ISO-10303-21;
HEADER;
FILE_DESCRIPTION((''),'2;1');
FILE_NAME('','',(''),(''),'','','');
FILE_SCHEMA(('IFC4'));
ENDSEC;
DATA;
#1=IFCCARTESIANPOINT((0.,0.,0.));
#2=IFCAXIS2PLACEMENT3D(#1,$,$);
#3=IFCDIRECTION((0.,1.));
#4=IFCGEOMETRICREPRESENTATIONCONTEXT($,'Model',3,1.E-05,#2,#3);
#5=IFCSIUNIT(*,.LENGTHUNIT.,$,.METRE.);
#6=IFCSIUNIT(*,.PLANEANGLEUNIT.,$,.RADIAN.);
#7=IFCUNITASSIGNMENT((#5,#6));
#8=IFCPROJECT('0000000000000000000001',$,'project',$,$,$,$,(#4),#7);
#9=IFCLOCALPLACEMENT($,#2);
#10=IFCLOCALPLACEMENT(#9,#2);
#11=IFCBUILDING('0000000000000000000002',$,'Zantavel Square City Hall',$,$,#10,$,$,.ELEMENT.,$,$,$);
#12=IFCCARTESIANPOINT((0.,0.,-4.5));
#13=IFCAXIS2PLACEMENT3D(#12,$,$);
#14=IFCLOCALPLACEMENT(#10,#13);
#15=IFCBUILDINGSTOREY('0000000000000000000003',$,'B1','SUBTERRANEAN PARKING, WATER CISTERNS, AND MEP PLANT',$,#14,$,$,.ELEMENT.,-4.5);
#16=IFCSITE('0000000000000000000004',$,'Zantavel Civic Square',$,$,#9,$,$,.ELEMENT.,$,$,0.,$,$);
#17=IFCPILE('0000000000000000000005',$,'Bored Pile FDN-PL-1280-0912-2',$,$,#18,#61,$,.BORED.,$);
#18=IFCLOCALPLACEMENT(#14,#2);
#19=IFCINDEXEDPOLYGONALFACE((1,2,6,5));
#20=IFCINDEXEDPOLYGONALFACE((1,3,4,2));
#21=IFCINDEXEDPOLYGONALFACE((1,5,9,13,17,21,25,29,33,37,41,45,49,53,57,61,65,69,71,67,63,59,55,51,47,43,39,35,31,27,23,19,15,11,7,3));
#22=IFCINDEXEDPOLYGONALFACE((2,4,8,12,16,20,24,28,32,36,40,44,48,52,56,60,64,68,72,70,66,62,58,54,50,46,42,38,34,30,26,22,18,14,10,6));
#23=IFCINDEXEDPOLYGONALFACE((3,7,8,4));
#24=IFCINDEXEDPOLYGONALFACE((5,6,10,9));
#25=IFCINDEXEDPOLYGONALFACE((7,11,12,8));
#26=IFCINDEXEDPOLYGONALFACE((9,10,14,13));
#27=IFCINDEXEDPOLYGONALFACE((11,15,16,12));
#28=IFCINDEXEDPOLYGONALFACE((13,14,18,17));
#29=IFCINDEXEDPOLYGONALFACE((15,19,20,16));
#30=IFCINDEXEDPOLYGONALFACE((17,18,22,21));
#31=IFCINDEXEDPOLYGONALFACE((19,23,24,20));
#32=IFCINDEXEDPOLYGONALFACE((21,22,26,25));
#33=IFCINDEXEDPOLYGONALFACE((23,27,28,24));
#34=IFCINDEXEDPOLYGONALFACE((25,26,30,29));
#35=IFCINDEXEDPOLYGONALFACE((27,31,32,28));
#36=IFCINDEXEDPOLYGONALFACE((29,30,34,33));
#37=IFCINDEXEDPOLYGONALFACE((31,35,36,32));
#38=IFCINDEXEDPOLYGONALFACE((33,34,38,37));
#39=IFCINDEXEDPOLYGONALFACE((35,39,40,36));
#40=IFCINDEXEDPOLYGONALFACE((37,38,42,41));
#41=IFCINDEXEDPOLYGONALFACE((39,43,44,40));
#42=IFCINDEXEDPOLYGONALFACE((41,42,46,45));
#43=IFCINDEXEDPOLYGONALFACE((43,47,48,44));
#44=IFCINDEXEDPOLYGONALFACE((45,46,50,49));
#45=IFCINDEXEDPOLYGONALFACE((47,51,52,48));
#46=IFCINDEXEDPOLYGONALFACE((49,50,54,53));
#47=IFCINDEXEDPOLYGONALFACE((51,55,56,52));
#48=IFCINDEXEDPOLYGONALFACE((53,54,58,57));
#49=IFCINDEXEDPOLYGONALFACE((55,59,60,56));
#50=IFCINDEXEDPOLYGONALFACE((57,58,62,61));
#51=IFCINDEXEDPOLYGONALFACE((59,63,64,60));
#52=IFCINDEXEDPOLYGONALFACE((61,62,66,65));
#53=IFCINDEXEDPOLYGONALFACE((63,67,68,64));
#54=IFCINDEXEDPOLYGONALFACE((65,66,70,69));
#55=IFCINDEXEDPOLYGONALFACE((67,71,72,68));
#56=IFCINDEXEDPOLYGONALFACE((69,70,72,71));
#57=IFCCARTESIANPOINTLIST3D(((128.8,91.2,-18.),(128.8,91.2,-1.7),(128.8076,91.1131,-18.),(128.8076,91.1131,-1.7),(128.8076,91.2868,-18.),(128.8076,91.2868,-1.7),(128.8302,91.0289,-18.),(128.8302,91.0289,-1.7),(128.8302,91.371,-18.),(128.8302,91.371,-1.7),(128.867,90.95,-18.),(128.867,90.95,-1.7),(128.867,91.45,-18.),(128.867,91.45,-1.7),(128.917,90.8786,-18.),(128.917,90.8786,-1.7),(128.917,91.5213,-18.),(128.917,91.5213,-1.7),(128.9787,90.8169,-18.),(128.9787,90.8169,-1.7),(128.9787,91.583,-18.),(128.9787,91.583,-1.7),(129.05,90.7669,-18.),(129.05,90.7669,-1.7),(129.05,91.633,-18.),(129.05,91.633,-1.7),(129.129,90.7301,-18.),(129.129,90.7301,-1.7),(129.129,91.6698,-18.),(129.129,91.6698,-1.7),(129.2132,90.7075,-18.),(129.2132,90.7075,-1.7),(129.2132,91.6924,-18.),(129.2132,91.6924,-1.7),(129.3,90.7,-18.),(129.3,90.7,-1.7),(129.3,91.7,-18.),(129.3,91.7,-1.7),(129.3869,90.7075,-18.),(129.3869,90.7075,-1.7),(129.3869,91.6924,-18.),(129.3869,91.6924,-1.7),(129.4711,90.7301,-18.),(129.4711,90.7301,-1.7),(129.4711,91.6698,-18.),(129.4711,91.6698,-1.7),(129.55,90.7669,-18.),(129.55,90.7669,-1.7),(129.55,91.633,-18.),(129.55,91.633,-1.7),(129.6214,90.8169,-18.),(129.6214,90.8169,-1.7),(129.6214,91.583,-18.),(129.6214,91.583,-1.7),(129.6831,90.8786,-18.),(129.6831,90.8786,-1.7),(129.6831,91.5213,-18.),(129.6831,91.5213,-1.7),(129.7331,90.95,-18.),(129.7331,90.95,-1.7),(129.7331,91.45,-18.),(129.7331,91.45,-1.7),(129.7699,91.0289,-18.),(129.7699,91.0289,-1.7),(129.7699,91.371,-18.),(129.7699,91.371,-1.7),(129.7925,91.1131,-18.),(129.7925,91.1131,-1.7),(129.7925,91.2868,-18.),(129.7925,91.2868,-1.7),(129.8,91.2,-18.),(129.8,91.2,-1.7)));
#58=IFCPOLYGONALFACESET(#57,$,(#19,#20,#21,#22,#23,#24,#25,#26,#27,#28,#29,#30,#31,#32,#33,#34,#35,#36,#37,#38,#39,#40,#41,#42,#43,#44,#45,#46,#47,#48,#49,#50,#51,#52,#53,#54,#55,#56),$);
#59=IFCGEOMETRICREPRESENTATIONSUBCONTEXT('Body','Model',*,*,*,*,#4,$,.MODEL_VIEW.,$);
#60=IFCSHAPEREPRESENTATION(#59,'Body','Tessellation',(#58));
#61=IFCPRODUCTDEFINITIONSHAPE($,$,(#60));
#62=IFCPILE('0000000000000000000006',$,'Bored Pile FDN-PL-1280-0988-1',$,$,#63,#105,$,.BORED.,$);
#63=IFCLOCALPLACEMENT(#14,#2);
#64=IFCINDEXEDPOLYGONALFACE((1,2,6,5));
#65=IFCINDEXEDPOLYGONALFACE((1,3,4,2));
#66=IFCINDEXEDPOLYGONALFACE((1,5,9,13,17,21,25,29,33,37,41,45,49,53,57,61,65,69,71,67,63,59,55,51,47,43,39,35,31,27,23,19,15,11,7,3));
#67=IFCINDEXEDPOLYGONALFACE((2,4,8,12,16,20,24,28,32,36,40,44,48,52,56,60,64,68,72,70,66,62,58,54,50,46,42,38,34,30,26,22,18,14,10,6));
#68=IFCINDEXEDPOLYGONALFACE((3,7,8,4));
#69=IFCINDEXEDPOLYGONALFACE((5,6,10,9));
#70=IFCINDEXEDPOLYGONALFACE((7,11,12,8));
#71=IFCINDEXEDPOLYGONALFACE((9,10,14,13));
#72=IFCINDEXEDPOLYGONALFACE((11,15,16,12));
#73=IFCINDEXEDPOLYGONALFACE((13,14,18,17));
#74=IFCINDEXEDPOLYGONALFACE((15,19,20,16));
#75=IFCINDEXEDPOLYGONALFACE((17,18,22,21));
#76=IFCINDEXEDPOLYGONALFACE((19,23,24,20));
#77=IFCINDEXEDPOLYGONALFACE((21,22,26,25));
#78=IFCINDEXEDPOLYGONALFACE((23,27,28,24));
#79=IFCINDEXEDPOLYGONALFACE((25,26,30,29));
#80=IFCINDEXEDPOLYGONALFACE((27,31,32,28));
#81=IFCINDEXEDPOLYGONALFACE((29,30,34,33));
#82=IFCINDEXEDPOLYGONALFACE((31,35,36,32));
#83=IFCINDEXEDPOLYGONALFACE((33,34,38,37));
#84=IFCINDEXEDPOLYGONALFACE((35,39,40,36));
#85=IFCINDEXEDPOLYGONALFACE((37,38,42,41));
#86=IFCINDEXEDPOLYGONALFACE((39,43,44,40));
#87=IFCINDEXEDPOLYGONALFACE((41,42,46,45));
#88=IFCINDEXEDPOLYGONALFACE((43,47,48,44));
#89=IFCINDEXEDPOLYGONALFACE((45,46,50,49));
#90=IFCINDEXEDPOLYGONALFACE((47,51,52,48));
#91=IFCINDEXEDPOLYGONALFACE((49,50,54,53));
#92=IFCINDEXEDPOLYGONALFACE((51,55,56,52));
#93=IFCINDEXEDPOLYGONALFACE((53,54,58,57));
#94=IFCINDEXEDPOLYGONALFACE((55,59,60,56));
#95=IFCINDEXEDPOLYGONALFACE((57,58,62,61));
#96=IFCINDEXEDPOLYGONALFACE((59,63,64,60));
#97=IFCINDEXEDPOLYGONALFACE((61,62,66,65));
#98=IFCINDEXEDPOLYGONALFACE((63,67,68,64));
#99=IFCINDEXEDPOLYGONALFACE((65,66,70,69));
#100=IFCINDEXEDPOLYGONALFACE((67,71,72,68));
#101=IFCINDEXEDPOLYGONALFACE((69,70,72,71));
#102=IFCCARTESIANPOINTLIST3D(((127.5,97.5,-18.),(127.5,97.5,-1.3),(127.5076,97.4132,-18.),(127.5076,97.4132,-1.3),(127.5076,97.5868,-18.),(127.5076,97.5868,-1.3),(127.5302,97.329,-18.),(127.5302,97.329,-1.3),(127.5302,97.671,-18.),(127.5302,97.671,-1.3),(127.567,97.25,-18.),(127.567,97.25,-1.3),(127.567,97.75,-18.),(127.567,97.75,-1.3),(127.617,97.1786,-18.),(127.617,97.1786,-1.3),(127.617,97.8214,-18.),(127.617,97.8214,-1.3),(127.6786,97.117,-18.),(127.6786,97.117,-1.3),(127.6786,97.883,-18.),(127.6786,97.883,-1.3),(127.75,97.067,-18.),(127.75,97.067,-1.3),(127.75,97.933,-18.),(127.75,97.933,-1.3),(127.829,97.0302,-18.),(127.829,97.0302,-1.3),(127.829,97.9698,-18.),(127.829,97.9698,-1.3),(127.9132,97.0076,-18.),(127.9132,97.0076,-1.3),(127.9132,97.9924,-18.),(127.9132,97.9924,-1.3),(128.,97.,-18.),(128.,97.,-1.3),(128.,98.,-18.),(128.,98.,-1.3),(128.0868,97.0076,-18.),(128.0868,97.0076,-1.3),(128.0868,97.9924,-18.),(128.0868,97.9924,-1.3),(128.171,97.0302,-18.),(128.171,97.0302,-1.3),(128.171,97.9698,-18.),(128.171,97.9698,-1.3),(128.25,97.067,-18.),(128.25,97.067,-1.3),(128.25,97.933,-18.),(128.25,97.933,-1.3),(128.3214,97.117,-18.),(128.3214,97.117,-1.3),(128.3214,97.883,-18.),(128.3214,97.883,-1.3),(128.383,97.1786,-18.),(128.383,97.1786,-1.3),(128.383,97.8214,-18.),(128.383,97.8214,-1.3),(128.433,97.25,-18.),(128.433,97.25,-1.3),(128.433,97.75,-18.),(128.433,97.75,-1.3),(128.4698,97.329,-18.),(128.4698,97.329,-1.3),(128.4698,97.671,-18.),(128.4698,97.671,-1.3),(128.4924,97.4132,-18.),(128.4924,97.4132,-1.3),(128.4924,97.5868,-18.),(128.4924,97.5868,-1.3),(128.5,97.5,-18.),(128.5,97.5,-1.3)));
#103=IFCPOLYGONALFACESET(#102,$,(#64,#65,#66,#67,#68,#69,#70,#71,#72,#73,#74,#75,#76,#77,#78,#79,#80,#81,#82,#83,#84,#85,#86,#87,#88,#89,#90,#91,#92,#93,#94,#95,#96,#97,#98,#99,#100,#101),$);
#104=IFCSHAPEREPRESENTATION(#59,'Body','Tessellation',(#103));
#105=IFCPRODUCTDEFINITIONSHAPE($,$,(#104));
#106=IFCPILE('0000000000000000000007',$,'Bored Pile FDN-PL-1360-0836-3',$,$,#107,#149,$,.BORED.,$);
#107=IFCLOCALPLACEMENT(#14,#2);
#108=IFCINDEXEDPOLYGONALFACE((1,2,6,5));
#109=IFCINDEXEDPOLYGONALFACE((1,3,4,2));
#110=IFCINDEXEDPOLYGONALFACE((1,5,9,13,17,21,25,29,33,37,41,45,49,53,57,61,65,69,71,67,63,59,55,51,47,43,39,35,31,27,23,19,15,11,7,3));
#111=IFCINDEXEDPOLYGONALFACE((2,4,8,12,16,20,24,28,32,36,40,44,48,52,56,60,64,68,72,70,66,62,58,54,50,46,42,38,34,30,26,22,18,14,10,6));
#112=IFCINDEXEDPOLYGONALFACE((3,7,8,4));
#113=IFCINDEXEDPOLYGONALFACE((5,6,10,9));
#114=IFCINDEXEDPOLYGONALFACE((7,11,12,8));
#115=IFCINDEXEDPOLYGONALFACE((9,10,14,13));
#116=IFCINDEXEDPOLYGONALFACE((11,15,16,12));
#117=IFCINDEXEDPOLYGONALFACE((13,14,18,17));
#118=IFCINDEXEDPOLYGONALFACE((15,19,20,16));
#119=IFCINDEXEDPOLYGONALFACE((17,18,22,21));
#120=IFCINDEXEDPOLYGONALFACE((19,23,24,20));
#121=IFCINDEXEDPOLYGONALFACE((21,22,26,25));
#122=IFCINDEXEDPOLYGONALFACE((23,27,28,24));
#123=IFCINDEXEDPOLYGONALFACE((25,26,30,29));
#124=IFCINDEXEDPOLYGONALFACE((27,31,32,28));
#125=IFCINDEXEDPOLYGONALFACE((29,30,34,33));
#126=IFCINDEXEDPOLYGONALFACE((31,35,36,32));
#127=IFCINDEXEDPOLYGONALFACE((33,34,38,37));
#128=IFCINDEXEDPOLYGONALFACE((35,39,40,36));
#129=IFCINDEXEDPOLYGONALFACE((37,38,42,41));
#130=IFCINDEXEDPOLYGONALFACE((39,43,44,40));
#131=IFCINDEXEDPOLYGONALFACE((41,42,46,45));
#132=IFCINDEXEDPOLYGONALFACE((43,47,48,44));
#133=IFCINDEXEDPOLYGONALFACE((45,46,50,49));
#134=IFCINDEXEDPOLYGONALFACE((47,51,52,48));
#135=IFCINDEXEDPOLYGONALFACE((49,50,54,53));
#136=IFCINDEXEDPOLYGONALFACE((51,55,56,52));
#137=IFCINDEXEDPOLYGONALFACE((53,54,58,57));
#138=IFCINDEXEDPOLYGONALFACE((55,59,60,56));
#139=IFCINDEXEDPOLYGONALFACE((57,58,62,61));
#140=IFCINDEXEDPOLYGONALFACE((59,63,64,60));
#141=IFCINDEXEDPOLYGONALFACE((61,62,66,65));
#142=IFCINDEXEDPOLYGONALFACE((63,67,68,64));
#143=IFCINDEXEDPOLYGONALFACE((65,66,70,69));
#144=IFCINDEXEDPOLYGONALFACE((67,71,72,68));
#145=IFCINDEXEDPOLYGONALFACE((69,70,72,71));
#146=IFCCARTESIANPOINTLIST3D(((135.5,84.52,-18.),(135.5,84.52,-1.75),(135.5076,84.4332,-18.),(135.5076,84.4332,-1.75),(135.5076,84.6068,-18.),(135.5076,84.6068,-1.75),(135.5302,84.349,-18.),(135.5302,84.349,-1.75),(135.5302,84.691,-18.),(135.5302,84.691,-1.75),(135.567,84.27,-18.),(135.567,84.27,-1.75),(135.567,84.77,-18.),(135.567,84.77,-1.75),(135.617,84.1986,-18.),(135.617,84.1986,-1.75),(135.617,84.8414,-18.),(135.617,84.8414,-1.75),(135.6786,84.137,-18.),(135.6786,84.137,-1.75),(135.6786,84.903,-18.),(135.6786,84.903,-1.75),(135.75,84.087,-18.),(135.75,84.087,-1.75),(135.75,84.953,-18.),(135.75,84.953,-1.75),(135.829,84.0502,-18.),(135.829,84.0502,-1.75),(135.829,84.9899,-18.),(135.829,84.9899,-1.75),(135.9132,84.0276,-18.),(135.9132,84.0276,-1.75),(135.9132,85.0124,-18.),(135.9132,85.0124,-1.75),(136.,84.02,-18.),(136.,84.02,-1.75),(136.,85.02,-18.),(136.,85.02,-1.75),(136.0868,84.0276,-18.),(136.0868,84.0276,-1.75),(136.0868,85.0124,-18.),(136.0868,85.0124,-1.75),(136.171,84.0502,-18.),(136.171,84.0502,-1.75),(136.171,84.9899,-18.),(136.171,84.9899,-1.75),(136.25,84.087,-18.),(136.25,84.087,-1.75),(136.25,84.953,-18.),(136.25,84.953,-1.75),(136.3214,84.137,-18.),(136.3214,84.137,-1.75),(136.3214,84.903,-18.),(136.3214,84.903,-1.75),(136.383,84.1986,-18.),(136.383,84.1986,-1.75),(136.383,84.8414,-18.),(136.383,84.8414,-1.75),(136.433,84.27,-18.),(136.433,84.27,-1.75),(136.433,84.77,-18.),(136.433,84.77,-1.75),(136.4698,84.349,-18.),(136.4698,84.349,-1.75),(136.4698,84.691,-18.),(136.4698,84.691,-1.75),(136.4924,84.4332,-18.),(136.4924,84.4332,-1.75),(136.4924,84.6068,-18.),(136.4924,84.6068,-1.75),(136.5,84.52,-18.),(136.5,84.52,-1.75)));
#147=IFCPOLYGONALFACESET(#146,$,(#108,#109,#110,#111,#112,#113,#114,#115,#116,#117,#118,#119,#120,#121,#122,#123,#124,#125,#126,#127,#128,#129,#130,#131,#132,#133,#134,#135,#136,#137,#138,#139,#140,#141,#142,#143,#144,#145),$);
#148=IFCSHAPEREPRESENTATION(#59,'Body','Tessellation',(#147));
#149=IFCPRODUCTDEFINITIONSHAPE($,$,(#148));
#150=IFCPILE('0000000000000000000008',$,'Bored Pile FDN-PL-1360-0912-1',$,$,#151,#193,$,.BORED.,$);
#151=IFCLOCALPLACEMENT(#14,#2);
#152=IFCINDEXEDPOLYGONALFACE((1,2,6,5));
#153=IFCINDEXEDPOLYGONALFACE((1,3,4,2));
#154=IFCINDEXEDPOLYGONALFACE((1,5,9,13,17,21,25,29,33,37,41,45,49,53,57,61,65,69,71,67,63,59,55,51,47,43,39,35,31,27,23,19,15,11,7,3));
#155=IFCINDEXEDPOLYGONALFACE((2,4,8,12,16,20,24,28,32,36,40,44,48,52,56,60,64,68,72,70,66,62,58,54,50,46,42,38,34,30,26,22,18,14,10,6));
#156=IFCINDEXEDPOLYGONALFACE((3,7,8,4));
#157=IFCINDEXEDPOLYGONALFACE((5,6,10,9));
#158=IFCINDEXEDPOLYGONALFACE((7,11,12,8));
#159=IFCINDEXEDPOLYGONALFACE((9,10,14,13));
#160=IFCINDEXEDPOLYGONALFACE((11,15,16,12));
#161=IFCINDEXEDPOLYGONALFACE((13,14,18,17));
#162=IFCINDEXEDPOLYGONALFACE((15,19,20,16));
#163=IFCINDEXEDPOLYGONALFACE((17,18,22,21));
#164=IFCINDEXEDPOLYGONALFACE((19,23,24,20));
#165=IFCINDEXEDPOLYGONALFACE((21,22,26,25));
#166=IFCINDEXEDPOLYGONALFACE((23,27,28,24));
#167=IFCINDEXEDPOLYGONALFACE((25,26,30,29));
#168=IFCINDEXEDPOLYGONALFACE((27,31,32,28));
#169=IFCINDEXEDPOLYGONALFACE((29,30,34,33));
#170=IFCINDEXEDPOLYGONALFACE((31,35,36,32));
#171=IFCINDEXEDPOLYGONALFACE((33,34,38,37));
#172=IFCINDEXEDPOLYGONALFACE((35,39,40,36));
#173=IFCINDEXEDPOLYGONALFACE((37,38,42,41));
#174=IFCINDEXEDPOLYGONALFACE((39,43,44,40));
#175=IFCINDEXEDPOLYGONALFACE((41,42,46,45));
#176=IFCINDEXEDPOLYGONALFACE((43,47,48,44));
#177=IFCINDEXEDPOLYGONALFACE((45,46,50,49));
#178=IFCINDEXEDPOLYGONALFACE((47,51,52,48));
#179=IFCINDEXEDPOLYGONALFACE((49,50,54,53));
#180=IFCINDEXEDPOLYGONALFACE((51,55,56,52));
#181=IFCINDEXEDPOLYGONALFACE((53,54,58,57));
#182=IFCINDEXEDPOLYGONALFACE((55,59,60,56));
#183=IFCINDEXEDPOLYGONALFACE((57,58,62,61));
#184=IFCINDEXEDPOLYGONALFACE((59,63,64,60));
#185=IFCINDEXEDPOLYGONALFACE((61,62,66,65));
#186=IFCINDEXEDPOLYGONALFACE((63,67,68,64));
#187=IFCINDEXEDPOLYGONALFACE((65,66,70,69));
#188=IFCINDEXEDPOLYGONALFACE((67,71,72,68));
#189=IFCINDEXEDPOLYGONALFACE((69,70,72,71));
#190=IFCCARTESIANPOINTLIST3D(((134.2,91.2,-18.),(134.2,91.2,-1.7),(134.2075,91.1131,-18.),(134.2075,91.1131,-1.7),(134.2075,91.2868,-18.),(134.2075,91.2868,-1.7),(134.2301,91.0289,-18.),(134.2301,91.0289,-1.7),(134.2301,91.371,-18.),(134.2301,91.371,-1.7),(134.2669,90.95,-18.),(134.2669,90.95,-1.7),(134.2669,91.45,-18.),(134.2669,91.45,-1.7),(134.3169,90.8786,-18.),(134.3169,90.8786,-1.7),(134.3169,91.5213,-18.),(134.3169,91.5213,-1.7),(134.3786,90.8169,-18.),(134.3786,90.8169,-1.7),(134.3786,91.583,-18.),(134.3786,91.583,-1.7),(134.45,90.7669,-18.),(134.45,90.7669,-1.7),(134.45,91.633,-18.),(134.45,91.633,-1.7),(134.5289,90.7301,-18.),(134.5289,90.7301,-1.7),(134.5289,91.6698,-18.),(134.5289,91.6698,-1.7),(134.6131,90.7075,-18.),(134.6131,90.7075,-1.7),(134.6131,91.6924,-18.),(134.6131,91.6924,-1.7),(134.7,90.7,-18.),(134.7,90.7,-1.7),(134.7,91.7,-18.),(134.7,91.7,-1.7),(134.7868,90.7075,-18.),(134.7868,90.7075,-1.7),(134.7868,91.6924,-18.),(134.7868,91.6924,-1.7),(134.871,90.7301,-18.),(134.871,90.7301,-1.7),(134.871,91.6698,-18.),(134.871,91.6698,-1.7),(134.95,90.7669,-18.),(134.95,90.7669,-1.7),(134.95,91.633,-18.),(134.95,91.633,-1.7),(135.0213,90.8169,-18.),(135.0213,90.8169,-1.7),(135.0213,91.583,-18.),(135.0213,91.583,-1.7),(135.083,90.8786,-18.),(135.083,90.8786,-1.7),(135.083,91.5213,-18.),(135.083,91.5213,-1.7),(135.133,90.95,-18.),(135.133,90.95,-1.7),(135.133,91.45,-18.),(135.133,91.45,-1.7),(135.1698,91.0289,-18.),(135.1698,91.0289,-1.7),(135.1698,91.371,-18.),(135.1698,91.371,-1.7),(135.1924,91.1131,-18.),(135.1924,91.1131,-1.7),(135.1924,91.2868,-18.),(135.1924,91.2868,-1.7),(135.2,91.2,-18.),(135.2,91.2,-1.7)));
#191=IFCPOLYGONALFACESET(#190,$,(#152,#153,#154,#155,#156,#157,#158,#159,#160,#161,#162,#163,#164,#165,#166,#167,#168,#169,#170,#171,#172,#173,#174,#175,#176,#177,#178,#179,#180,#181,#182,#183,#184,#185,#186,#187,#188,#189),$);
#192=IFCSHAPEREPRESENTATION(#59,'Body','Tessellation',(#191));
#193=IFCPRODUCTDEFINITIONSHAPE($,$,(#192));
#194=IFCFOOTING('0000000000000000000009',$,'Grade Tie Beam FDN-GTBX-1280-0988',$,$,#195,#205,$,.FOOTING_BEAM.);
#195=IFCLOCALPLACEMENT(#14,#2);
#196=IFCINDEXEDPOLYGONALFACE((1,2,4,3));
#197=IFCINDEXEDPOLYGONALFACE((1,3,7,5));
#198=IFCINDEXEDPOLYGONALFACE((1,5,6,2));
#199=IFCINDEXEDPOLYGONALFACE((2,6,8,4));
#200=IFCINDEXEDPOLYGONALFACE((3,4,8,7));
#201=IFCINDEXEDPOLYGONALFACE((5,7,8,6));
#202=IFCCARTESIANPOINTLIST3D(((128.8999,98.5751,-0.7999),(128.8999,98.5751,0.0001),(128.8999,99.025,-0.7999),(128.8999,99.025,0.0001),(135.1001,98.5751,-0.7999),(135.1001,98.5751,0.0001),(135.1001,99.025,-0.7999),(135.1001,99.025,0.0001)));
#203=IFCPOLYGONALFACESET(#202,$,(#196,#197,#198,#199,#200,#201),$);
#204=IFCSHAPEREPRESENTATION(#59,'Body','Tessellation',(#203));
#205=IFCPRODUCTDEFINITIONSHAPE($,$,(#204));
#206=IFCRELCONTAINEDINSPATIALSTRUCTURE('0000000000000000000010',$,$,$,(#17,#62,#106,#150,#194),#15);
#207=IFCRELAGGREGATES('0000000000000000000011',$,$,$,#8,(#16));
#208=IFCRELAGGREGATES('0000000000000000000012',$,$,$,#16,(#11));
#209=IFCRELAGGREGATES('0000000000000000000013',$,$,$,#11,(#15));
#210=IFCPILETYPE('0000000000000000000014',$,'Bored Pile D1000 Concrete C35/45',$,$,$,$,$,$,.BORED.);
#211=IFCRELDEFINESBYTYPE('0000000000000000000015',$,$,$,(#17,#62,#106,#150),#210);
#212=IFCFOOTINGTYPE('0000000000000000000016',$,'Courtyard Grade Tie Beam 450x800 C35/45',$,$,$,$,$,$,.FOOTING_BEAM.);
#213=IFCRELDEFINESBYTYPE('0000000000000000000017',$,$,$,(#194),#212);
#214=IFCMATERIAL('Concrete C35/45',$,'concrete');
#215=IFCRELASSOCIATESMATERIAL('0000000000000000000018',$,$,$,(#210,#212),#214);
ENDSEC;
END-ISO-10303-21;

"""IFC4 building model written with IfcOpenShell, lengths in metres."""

from ifc_helpers import new_model, si_unit, direction, frame, origin, origin_2d, place, context, subcontext, project, spatial, rectangle, circle, extrude, material, material_profile, profile_set, type_object, element, save


model = new_model("IFC4")

# Units and contexts
model_context = context("Model", 3, precision=1e-05, world=origin(), true_north=direction((0.0, 1.0)))
body_context = subcontext(model_context, "Body", "Model", "MODEL_VIEW")
ifc_project = project(units=[si_unit("LENGTHUNIT", "METRE"), si_unit("PLANEANGLEUNIT", "RADIAN")], contexts=[model_context])

# Site, building, storey
site_placement = place(None, origin())
site = spatial("IfcSite", under=ifc_project, at=site_placement, Name="Zantavel Civic Square", CompositionType="ELEMENT", RefElevation=0.0)
building_placement = place(site_placement, origin())
building = spatial("IfcBuilding", under=site, at=building_placement, Name="Zantavel Square City Hall", CompositionType="ELEMENT")
storey_placement = place(building_placement, frame((0.0, 0.0, -4.5)))
storey = spatial("IfcBuildingStorey", under=building, at=storey_placement, Name="B1", Description="SUBTERRANEAN PARKING, WATER CISTERNS, AND MEP PLANT", CompositionType="ELEMENT", Elevation=-4.5)

# Piles
ifc_material_1 = material(Name="Concrete C35/45", Category="concrete")
ifc_material_profile_1 = material_profile(ifc_material_1, circle(Radius=0.5, at=origin_2d()), Name="PILE D1000")
ifc_profile_set_1 = profile_set([ifc_material_profile_1], Name="Concrete C35/45")
pile_type = type_object("IfcPileType", Name="Bored Pile D1000 Concrete C35/45", PredefinedType="BORED", material=ifc_profile_set_1)
pile_1_placement = place(storey_placement, frame((129.3, 91.2, -1.7), z_axis=(0.0, 0.0, -1.0), x_axis=(1.0, 0.0, 0.0)))
element("IfcPile", 1, at=pile_1_placement, inside=storey, type_object=pile_type, Name="Bored Pile FDN-PL-1280-0912-2", PredefinedType="BORED", context=body_context, shape_type="SweptSolid", body=[
    extrude(circle(Radius=0.5, at=origin_2d()), origin(), (0.0, 0.0, 1.0), 16.3),
])
pile_2_placement = place(storey_placement, frame((128.0, 97.5, -1.3), z_axis=(0.0, 0.0, -1.0), x_axis=(1.0, 0.0, 0.0)))
element("IfcPile", 2, at=pile_2_placement, inside=storey, type_object=pile_type, Name="Bored Pile FDN-PL-1280-0988-1", PredefinedType="BORED", context=body_context, shape_type="SweptSolid", body=[
    extrude(circle(Radius=0.5, at=origin_2d()), origin(), (0.0, 0.0, 1.0), 16.7),
])
pile_3_placement = place(storey_placement, frame((136.0, 84.52, -1.75), z_axis=(0.0, 0.0, -1.0), x_axis=(1.0, 0.0, 0.0)))
element("IfcPile", 3, at=pile_3_placement, inside=storey, type_object=pile_type, Name="Bored Pile FDN-PL-1360-0836-3", PredefinedType="BORED", context=body_context, shape_type="SweptSolid", body=[
    extrude(circle(Radius=0.5, at=origin_2d()), origin(), (0.0, 0.0, 1.0), 16.25),
])
pile_4_placement = place(storey_placement, frame((134.7, 91.2, -1.7), z_axis=(0.0, 0.0, -1.0), x_axis=(1.0, 0.0, 0.0)))
element("IfcPile", 4, at=pile_4_placement, inside=storey, type_object=pile_type, Name="Bored Pile FDN-PL-1360-0912-1", PredefinedType="BORED", context=body_context, shape_type="SweptSolid", body=[
    extrude(circle(Radius=0.5, at=origin_2d()), origin(), (0.0, 0.0, 1.0), 16.3),
])

# Footing
ifc_material_profile_2 = material_profile(ifc_material_1, rectangle(XDim=0.45, YDim=0.8, at=origin_2d()), Name="RC 450x800")
ifc_profile_set_2 = profile_set([ifc_material_profile_2], Name="Concrete C35/45")
footing_type_1 = type_object("IfcFootingType", Name="Courtyard Grade Tie Beam 450x800 C35/45", PredefinedType="FOOTING_BEAM", material=ifc_profile_set_2)
footing_1_placement = place(storey_placement, frame((128.8999, 98.8, -0.3999), z_axis=(1.0, 0.0, 0.0), x_axis=(0.0, 1.0, 0.0)))
element("IfcFooting", 5, at=footing_1_placement, inside=storey, type_object=footing_type_1, Name="Grade Tie Beam FDN-GTBX-1280-0988", PredefinedType="FOOTING_BEAM", context=body_context, shape_type="SweptSolid", body=[
    extrude(rectangle(XDim=0.45, YDim=0.8, at=origin_2d()), origin(), (0.0, 0.0, 1.0), 6.2002),
])

save(model, "model.ifc")
